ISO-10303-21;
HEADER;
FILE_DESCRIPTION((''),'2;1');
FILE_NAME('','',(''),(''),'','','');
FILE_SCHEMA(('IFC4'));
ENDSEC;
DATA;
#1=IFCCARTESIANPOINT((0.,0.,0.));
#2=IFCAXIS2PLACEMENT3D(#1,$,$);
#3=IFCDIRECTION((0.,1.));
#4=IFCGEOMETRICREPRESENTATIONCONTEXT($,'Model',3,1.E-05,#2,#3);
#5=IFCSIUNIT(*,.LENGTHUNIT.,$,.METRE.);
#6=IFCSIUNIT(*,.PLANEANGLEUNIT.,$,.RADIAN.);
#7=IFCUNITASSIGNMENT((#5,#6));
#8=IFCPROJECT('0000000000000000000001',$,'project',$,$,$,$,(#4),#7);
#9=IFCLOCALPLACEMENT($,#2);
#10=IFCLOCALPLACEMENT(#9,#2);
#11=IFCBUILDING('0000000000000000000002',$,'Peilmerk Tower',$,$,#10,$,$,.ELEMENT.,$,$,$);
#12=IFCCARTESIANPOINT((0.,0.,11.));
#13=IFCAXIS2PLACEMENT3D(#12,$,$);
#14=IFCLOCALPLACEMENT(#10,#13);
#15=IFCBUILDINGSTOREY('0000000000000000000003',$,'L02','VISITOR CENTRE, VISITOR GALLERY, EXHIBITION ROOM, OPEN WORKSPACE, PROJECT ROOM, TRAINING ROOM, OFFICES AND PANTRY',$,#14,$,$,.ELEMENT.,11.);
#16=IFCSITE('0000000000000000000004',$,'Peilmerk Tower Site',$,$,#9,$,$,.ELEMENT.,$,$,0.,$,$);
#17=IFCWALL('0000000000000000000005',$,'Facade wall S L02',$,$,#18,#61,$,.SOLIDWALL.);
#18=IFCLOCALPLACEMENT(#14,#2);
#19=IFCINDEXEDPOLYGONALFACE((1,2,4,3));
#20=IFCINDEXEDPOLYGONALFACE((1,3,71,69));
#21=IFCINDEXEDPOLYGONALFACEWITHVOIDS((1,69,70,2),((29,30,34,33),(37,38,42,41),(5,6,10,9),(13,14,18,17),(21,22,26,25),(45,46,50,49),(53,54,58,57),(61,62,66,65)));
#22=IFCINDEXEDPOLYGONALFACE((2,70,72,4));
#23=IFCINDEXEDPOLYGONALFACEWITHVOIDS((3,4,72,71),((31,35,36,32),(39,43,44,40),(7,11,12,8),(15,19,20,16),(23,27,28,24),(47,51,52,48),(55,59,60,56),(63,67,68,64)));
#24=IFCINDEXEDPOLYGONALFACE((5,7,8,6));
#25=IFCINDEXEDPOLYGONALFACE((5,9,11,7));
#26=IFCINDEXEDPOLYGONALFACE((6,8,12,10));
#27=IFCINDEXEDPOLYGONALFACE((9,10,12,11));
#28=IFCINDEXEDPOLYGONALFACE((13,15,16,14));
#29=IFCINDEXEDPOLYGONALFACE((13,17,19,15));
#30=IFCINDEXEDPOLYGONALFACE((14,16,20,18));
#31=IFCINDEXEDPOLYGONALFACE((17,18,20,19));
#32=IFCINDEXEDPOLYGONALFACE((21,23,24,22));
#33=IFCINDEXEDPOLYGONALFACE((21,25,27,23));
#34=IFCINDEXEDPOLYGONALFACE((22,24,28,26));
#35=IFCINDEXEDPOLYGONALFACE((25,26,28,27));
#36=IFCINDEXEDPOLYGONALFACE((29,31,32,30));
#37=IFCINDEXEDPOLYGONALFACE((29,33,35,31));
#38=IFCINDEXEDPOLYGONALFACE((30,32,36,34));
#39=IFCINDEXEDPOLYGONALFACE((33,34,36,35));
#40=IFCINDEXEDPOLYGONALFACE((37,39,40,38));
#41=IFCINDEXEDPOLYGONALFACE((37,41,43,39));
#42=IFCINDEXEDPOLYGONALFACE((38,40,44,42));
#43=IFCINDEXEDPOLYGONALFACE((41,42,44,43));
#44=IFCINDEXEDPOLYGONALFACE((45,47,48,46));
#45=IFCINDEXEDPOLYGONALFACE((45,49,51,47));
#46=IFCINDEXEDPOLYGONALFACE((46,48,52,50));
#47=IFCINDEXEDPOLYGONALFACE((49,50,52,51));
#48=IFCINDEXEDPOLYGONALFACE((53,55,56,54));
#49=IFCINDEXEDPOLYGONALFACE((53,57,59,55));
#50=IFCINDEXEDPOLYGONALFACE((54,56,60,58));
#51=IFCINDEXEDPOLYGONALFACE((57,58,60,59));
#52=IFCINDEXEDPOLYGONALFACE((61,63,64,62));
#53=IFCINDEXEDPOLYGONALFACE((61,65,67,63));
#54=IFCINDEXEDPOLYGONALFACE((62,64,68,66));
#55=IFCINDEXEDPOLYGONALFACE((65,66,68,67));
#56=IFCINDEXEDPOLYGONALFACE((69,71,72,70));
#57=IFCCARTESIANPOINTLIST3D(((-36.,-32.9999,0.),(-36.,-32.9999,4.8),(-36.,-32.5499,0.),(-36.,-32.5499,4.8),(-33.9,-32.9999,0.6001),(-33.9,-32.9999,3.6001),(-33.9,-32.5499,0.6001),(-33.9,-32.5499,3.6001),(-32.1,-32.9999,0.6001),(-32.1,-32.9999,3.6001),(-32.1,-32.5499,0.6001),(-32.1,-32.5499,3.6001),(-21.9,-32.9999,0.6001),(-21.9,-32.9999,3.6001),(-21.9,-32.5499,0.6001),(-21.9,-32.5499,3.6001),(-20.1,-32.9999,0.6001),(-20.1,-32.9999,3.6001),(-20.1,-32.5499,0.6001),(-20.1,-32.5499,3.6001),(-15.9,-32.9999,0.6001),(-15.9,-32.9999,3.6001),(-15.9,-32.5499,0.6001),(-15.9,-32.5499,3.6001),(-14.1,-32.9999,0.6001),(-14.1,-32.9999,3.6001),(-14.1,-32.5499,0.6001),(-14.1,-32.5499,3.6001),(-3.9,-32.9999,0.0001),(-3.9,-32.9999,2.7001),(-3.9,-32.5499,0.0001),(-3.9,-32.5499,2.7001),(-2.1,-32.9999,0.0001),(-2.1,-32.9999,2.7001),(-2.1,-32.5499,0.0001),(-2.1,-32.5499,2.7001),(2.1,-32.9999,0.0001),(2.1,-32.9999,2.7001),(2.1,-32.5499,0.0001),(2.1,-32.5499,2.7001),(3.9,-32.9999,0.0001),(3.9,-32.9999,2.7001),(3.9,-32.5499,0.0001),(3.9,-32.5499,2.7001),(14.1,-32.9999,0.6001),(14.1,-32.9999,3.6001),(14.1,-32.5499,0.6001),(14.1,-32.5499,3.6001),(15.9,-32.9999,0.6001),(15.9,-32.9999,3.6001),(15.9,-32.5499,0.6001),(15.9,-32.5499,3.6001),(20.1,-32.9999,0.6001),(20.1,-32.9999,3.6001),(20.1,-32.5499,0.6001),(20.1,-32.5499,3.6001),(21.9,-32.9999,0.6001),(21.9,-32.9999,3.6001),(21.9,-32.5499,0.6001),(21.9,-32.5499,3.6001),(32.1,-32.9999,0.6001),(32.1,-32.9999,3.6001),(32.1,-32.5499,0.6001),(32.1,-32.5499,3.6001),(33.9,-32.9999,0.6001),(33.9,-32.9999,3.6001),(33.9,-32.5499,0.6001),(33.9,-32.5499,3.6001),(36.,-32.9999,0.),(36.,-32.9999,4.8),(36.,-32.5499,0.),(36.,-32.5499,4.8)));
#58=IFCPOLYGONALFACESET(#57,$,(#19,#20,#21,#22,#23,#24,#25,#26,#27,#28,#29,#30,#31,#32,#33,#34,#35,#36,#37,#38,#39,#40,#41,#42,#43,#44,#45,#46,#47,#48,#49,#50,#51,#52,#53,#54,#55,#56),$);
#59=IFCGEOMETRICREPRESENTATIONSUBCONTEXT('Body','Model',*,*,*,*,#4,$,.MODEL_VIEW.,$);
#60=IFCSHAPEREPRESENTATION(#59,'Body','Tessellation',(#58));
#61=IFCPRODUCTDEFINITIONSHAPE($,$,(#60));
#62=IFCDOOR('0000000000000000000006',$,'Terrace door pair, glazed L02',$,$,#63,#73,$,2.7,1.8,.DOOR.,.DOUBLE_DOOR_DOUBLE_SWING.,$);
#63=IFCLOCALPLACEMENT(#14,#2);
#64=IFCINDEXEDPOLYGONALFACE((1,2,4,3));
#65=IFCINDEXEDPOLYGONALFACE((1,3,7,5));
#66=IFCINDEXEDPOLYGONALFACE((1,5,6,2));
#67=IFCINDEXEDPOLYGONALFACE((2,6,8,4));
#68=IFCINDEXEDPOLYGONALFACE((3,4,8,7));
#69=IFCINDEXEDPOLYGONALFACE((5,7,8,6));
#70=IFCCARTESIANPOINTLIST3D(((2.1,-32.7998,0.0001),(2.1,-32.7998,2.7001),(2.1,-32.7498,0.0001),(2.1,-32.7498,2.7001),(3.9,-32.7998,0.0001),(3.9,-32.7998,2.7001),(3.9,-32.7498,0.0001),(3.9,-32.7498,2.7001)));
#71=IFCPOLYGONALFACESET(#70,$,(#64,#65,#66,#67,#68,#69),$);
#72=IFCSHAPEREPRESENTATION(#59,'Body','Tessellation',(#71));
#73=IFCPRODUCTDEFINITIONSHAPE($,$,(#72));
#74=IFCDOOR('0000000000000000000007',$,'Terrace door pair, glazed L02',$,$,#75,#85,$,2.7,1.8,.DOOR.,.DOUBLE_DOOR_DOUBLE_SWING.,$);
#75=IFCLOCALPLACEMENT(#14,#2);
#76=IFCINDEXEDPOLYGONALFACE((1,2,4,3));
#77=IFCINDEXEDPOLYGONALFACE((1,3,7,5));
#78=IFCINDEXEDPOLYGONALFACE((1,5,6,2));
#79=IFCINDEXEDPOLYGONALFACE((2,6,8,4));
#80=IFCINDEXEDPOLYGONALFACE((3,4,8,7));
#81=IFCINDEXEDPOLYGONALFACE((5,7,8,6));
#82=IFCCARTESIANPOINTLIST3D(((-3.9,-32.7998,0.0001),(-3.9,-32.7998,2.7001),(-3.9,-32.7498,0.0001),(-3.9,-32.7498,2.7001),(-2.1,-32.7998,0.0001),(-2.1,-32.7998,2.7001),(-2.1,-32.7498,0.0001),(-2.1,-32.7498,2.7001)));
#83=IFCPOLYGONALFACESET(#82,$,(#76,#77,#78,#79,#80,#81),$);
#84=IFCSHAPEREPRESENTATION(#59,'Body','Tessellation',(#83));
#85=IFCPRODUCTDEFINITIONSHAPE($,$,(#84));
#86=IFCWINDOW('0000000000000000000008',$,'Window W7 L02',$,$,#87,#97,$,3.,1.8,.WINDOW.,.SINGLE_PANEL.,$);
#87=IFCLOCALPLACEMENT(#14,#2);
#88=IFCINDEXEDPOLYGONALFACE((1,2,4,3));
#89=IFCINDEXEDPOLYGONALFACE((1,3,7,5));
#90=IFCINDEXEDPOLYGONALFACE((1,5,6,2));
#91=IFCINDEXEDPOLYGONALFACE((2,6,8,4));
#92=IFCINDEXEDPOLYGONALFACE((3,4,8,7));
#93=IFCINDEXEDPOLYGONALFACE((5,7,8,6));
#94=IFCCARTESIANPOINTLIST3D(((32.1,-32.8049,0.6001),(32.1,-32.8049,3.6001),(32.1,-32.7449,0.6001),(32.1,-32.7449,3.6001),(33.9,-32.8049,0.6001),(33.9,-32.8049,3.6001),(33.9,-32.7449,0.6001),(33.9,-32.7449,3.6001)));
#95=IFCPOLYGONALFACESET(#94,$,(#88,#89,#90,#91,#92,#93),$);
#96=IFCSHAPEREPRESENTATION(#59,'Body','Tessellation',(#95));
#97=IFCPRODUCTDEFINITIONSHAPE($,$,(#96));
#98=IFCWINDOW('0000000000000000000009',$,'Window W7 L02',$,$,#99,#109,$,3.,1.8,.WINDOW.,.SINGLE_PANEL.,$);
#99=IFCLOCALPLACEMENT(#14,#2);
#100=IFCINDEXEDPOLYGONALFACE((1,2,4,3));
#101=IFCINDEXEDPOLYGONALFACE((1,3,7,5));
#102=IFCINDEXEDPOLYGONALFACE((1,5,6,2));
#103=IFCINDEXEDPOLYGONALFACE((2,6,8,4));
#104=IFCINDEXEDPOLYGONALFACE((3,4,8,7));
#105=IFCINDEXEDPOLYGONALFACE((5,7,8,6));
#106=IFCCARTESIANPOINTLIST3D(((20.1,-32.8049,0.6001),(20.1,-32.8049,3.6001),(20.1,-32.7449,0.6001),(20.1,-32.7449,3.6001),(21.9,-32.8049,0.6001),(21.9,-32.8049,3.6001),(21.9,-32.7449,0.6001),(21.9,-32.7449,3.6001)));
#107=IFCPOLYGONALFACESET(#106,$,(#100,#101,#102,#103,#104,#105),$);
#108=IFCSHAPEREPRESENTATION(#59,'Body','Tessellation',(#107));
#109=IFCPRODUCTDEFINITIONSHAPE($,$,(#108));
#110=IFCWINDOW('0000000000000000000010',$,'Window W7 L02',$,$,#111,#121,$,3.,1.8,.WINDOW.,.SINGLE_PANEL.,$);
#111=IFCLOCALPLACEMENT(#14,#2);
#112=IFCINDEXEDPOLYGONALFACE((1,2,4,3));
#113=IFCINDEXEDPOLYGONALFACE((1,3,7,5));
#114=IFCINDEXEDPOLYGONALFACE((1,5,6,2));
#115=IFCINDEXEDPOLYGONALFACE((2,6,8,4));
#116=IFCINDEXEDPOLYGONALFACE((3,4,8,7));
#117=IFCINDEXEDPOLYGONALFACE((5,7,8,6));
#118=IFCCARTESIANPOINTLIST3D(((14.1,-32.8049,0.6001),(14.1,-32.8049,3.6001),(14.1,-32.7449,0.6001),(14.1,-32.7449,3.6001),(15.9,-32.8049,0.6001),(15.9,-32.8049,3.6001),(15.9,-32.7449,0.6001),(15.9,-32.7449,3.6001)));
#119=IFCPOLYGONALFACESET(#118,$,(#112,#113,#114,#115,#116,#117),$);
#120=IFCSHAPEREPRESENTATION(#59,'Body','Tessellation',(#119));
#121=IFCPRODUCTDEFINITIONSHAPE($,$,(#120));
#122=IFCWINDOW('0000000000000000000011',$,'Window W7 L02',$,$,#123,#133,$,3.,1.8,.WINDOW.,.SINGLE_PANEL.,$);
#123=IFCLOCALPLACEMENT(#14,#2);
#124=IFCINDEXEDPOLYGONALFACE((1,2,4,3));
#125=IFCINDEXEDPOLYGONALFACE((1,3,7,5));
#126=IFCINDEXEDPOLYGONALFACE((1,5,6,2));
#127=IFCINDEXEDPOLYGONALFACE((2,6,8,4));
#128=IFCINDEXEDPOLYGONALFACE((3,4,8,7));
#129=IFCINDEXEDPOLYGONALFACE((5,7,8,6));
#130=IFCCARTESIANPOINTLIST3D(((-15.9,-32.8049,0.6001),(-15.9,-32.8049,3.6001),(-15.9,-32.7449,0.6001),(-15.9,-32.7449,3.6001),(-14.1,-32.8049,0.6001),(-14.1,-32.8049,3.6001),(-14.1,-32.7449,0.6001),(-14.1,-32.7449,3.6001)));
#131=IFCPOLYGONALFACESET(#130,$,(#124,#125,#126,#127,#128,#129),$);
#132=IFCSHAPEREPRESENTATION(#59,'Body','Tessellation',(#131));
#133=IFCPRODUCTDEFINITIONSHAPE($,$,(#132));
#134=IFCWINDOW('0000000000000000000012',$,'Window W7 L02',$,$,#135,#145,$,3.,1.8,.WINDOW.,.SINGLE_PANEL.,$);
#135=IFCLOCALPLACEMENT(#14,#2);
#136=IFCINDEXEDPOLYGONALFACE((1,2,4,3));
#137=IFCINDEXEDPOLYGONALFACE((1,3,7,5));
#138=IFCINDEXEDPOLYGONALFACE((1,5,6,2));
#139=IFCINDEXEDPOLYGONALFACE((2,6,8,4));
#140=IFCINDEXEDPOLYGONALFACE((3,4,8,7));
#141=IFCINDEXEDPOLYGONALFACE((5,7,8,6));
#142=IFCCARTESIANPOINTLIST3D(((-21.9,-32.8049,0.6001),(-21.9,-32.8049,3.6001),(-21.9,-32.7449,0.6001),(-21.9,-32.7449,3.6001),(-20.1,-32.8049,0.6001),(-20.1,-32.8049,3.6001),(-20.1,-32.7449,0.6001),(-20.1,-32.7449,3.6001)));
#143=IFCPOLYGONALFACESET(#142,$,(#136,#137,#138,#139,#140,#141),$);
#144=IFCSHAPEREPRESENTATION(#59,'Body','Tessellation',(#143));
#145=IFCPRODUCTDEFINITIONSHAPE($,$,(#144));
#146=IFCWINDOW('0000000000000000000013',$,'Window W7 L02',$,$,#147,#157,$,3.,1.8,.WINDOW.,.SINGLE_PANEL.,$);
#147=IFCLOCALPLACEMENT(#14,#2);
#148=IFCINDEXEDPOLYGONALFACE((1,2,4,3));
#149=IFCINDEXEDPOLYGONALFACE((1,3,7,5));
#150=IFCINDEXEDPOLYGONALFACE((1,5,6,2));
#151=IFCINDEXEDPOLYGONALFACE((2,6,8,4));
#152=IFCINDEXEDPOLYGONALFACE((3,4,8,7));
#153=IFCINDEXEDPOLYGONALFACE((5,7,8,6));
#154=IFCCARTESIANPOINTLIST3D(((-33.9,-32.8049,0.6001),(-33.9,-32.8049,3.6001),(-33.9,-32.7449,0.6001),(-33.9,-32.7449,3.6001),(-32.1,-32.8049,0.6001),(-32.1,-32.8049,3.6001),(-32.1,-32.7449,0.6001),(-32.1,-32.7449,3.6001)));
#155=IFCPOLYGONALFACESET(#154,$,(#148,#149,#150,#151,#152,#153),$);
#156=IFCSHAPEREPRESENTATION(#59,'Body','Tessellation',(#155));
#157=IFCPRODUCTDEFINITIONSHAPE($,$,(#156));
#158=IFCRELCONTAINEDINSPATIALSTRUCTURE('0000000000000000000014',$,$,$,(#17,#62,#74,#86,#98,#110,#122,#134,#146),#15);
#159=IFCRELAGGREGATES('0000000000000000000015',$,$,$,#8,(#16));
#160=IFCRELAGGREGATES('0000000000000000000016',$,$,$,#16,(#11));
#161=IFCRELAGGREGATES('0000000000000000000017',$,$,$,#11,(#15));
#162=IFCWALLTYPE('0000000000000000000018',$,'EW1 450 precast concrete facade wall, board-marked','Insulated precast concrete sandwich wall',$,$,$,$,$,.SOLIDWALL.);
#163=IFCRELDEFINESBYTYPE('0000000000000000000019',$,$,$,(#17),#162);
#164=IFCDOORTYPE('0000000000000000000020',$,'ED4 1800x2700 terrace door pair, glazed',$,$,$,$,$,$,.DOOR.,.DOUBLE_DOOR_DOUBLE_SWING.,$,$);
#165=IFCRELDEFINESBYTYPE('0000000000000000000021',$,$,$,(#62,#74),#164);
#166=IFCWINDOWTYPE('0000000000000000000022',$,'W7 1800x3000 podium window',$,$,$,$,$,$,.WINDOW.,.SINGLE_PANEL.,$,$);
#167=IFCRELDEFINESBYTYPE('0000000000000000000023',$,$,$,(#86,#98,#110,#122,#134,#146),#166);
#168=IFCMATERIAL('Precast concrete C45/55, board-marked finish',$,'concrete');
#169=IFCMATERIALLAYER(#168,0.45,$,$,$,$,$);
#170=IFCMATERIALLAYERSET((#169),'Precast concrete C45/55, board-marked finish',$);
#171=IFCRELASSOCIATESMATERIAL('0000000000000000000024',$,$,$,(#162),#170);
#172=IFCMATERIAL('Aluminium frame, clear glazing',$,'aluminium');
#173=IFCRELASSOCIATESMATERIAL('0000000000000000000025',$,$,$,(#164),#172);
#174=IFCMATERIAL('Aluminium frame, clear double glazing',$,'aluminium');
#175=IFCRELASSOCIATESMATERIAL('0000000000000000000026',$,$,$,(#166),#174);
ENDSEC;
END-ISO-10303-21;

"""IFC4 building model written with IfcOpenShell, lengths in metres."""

from ifc_helpers import new_model, si_unit, direction, frame, frame_2d, origin, place, context, subcontext, project, spatial, rectangle, extrude, material, layer, layer_set, type_object, element, fill, save


model = new_model("IFC4")

# Units and contexts
model_context = context("Model", 3, precision=1e-05, world=origin(), true_north=direction((0.0, 1.0)))
body_context = subcontext(model_context, "Body", "Model", "MODEL_VIEW")
ifc_project = project(units=[si_unit("LENGTHUNIT", "METRE"), si_unit("PLANEANGLEUNIT", "RADIAN")], contexts=[model_context])

# Site, building, storey
site_placement = place(None, origin())
site = spatial("IfcSite", under=ifc_project, at=site_placement, Name="Peilmerk Tower Site", CompositionType="ELEMENT", RefElevation=0.0)
building_placement = place(site_placement, origin())
building = spatial("IfcBuilding", under=site, at=building_placement, Name="Peilmerk Tower", CompositionType="ELEMENT")
storey_placement = place(building_placement, frame((0.0, 0.0, 11.0)))
storey = spatial("IfcBuildingStorey", under=building, at=storey_placement, Name="L02", Description="VISITOR CENTRE, VISITOR GALLERY, EXHIBITION ROOM, OPEN WORKSPACE, PROJECT ROOM, TRAINING ROOM, OFFICES AND PANTRY", CompositionType="ELEMENT", Elevation=11.0)

# Wall, openings, doors, windows
ifc_material_1 = material(Name="Precast concrete C45/55, board-marked finish", Category="concrete")
ifc_layer = layer(ifc_material_1, 0.45)
ifc_layer_set = layer_set([ifc_layer], Name="Precast concrete C45/55, board-marked finish")
wall_type = type_object("IfcWallType", Name="EW1 450 precast concrete facade wall, board-marked", Description="Insulated precast concrete sandwich wall", PredefinedType="SOLIDWALL", material=ifc_layer_set)
wall_placement = place(storey_placement, frame((36.0, -32.7749, 0.0), z_axis=(0.0, 0.0, 1.0), x_axis=(-1.0, 0.0, 0.0)))
wall = element("IfcWall", 1, at=wall_placement, inside=storey, type_object=wall_type, Name="Facade wall S L02", PredefinedType="SOLIDWALL", context=body_context, shape_type="SweptSolid", body=[
    extrude(rectangle(XDim=72.0, YDim=0.45, at=frame_2d((36.0, 0.0))), origin(), (0.0, 0.0, 1.0), 4.8),
])
opening_1_placement = place(wall_placement, frame((2.1001, 0.0, 0.6001)))
opening_1 = element("IfcOpeningElement", 2, at=opening_1_placement, cuts=wall, PredefinedType="OPENING", context=body_context, shape_type="SweptSolid", body=[
    extrude(rectangle(XDim=1.8, YDim=3.0, at=frame_2d((0.8999, 1.5))), frame((0.0, 0.2349, 0.0), z_axis=(0.0, -1.0, 0.0), x_axis=(1.0, 0.0, 0.0)), (0.0, 0.0, 1.0), 0.47),
])
opening_2_placement = place(wall_placement, frame((14.1001, 0.0, 0.6001)))
opening_2 = element("IfcOpeningElement", 3, at=opening_2_placement, cuts=wall, PredefinedType="OPENING", context=body_context, shape_type="SweptSolid", body=[
    extrude(rectangle(XDim=1.8, YDim=3.0, at=frame_2d((0.8999, 1.5))), frame((0.0, 0.2349, 0.0), z_axis=(0.0, -1.0, 0.0), x_axis=(1.0, 0.0, 0.0)), (0.0, 0.0, 1.0), 0.47),
])
opening_3_placement = place(wall_placement, frame((20.1001, 0.0, 0.6001)))
opening_3 = element("IfcOpeningElement", 4, at=opening_3_placement, cuts=wall, PredefinedType="OPENING", context=body_context, shape_type="SweptSolid", body=[
    extrude(rectangle(XDim=1.8, YDim=3.0, at=frame_2d((0.8999, 1.5))), frame((0.0, 0.2349, 0.0), z_axis=(0.0, -1.0, 0.0), x_axis=(1.0, 0.0, 0.0)), (0.0, 0.0, 1.0), 0.47),
])
opening_4_placement = place(wall_placement, frame((50.1001, 0.0, 0.6001)))
opening_4 = element("IfcOpeningElement", 5, at=opening_4_placement, cuts=wall, PredefinedType="OPENING", context=body_context, shape_type="SweptSolid", body=[
    extrude(rectangle(XDim=1.8, YDim=3.0, at=frame_2d((0.8999, 1.5))), frame((0.0, 0.2349, 0.0), z_axis=(0.0, -1.0, 0.0), x_axis=(1.0, 0.0, 0.0)), (0.0, 0.0, 1.0), 0.47),
])
opening_5_placement = place(wall_placement, frame((56.1001, 0.0, 0.6001)))
opening_5 = element("IfcOpeningElement", 6, at=opening_5_placement, cuts=wall, PredefinedType="OPENING", context=body_context, shape_type="SweptSolid", body=[
    extrude(rectangle(XDim=1.8, YDim=3.0, at=frame_2d((0.8999, 1.5))), frame((0.0, 0.2349, 0.0), z_axis=(0.0, -1.0, 0.0), x_axis=(1.0, 0.0, 0.0)), (0.0, 0.0, 1.0), 0.47),
])
opening_6_placement = place(wall_placement, frame((68.1001, 0.0, 0.6001)))
opening_6 = element("IfcOpeningElement", 7, at=opening_6_placement, cuts=wall, PredefinedType="OPENING", context=body_context, shape_type="SweptSolid", body=[
    extrude(rectangle(XDim=1.8, YDim=3.0, at=frame_2d((0.8999, 1.5))), frame((0.0, 0.2349, 0.0), z_axis=(0.0, -1.0, 0.0), x_axis=(1.0, 0.0, 0.0)), (0.0, 0.0, 1.0), 0.47),
])
opening_7_placement = place(wall_placement, frame((32.1001, 0.0, 0.0)))
opening_7 = element("IfcOpeningElement", 8, at=opening_7_placement, cuts=wall, PredefinedType="OPENING", context=body_context, shape_type="SweptSolid", body=[
    extrude(rectangle(XDim=1.8, YDim=2.7, at=frame_2d((0.8999, 1.3501))), frame((0.0, 0.2349, 0.0), z_axis=(0.0, -1.0, 0.0), x_axis=(1.0, 0.0, 0.0)), (0.0, 0.0, 1.0), 0.47),
])
opening_8_placement = place(wall_placement, frame((38.1001, 0.0, 0.0)))
opening_8 = element("IfcOpeningElement", 9, at=opening_8_placement, cuts=wall, PredefinedType="OPENING", context=body_context, shape_type="SweptSolid", body=[
    extrude(rectangle(XDim=1.8, YDim=2.7, at=frame_2d((0.8999, 1.3501))), frame((0.0, 0.2349, 0.0), z_axis=(0.0, -1.0, 0.0), x_axis=(1.0, 0.0, 0.0)), (0.0, 0.0, 1.0), 0.47),
])
ifc_material_2 = material(Name="Aluminium frame, clear glazing", Category="aluminium")
door_type = type_object("IfcDoorType", Name="ED4 1800x2700 terrace door pair, glazed", OperationType="DOUBLE_DOOR_DOUBLE_SWING", PredefinedType="DOOR", material=ifc_material_2)
door_1_placement = place(opening_7_placement, origin())
door_1 = element("IfcDoor", 10, at=door_1_placement, inside=storey, type_object=door_type, Name="Terrace door pair, glazed L02", OperationType="DOUBLE_DOOR_DOUBLE_SWING", OverallHeight=2.7, OverallWidth=1.8, PredefinedType="DOOR", context=body_context, shape_type="SweptSolid", body=[
    extrude(rectangle(XDim=1.8, YDim=2.7, at=frame_2d((0.8999, 1.3501))), frame((0.0, 0.0249, 0.0), z_axis=(0.0, -1.0, 0.0), x_axis=(1.0, 0.0, 0.0)), (0.0, 0.0, 1.0), 0.05),
])
fill(opening_7, door_1)
door_2_placement = place(opening_8_placement, origin())
door_2 = element("IfcDoor", 11, at=door_2_placement, inside=storey, type_object=door_type, Name="Terrace door pair, glazed L02", OperationType="DOUBLE_DOOR_DOUBLE_SWING", OverallHeight=2.7, OverallWidth=1.8, PredefinedType="DOOR", context=body_context, shape_type="SweptSolid", body=[
    extrude(rectangle(XDim=1.8, YDim=2.7, at=frame_2d((0.8999, 1.3501))), frame((0.0, 0.0249, 0.0), z_axis=(0.0, -1.0, 0.0), x_axis=(1.0, 0.0, 0.0)), (0.0, 0.0, 1.0), 0.05),
])
fill(opening_8, door_2)
ifc_material_3 = material(Name="Aluminium frame, clear double glazing", Category="aluminium")
window_type = type_object("IfcWindowType", Name="W7 1800x3000 podium window", PartitioningType="SINGLE_PANEL", PredefinedType="WINDOW", material=ifc_material_3)
window_1_placement = place(opening_1_placement, origin())
window_1 = element("IfcWindow", 12, at=window_1_placement, inside=storey, type_object=window_type, Name="Window W7 L02", OverallHeight=3.0, OverallWidth=1.8, PartitioningType="SINGLE_PANEL", PredefinedType="WINDOW", context=body_context, shape_type="SweptSolid", body=[
    extrude(rectangle(XDim=1.8, YDim=3.0, at=frame_2d((0.8999, 1.5))), frame((0.0, 0.03, 0.0), z_axis=(0.0, -1.0, 0.0), x_axis=(1.0, 0.0, 0.0)), (0.0, 0.0, 1.0), 0.0601),
])
fill(opening_1, window_1)
window_2_placement = place(opening_2_placement, origin())
window_2 = element("IfcWindow", 13, at=window_2_placement, inside=storey, type_object=window_type, Name="Window W7 L02", OverallHeight=3.0, OverallWidth=1.8, PartitioningType="SINGLE_PANEL", PredefinedType="WINDOW", context=body_context, shape_type="SweptSolid", body=[
    extrude(rectangle(XDim=1.8, YDim=3.0, at=frame_2d((0.8999, 1.5))), frame((0.0, 0.03, 0.0), z_axis=(0.0, -1.0, 0.0), x_axis=(1.0, 0.0, 0.0)), (0.0, 0.0, 1.0), 0.0601),
])
fill(opening_2, window_2)
window_3_placement = place(opening_3_placement, origin())
window_3 = element("IfcWindow", 14, at=window_3_placement, inside=storey, type_object=window_type, Name="Window W7 L02", OverallHeight=3.0, OverallWidth=1.8, PartitioningType="SINGLE_PANEL", PredefinedType="WINDOW", context=body_context, shape_type="SweptSolid", body=[
    extrude(rectangle(XDim=1.8, YDim=3.0, at=frame_2d((0.8999, 1.5))), frame((0.0, 0.03, 0.0), z_axis=(0.0, -1.0, 0.0), x_axis=(1.0, 0.0, 0.0)), (0.0, 0.0, 1.0), 0.0601),
])
fill(opening_3, window_3)
window_4_placement = place(opening_4_placement, origin())
window_4 = element("IfcWindow", 15, at=window_4_placement, inside=storey, type_object=window_type, Name="Window W7 L02", OverallHeight=3.0, OverallWidth=1.8, PartitioningType="SINGLE_PANEL", PredefinedType="WINDOW", context=body_context, shape_type="SweptSolid", body=[
    extrude(rectangle(XDim=1.8, YDim=3.0, at=frame_2d((0.8999, 1.5))), frame((0.0, 0.03, 0.0), z_axis=(0.0, -1.0, 0.0), x_axis=(1.0, 0.0, 0.0)), (0.0, 0.0, 1.0), 0.0601),
])
fill(opening_4, window_4)
window_5_placement = place(opening_5_placement, origin())
window_5 = element("IfcWindow", 16, at=window_5_placement, inside=storey, type_object=window_type, Name="Window W7 L02", OverallHeight=3.0, OverallWidth=1.8, PartitioningType="SINGLE_PANEL", PredefinedType="WINDOW", context=body_context, shape_type="SweptSolid", body=[
    extrude(rectangle(XDim=1.8, YDim=3.0, at=frame_2d((0.8999, 1.5))), frame((0.0, 0.03, 0.0), z_axis=(0.0, -1.0, 0.0), x_axis=(1.0, 0.0, 0.0)), (0.0, 0.0, 1.0), 0.0601),
])
fill(opening_5, window_5)
window_6_placement = place(opening_6_placement, origin())
window_6 = element("IfcWindow", 17, at=window_6_placement, inside=storey, type_object=window_type, Name="Window W7 L02", OverallHeight=3.0, OverallWidth=1.8, PartitioningType="SINGLE_PANEL", PredefinedType="WINDOW", context=body_context, shape_type="SweptSolid", body=[
    extrude(rectangle(XDim=1.8, YDim=3.0, at=frame_2d((0.8999, 1.5))), frame((0.0, 0.03, 0.0), z_axis=(0.0, -1.0, 0.0), x_axis=(1.0, 0.0, 0.0)), (0.0, 0.0, 1.0), 0.0601),
])
fill(opening_6, window_6)

save(model, "model.ifc")
